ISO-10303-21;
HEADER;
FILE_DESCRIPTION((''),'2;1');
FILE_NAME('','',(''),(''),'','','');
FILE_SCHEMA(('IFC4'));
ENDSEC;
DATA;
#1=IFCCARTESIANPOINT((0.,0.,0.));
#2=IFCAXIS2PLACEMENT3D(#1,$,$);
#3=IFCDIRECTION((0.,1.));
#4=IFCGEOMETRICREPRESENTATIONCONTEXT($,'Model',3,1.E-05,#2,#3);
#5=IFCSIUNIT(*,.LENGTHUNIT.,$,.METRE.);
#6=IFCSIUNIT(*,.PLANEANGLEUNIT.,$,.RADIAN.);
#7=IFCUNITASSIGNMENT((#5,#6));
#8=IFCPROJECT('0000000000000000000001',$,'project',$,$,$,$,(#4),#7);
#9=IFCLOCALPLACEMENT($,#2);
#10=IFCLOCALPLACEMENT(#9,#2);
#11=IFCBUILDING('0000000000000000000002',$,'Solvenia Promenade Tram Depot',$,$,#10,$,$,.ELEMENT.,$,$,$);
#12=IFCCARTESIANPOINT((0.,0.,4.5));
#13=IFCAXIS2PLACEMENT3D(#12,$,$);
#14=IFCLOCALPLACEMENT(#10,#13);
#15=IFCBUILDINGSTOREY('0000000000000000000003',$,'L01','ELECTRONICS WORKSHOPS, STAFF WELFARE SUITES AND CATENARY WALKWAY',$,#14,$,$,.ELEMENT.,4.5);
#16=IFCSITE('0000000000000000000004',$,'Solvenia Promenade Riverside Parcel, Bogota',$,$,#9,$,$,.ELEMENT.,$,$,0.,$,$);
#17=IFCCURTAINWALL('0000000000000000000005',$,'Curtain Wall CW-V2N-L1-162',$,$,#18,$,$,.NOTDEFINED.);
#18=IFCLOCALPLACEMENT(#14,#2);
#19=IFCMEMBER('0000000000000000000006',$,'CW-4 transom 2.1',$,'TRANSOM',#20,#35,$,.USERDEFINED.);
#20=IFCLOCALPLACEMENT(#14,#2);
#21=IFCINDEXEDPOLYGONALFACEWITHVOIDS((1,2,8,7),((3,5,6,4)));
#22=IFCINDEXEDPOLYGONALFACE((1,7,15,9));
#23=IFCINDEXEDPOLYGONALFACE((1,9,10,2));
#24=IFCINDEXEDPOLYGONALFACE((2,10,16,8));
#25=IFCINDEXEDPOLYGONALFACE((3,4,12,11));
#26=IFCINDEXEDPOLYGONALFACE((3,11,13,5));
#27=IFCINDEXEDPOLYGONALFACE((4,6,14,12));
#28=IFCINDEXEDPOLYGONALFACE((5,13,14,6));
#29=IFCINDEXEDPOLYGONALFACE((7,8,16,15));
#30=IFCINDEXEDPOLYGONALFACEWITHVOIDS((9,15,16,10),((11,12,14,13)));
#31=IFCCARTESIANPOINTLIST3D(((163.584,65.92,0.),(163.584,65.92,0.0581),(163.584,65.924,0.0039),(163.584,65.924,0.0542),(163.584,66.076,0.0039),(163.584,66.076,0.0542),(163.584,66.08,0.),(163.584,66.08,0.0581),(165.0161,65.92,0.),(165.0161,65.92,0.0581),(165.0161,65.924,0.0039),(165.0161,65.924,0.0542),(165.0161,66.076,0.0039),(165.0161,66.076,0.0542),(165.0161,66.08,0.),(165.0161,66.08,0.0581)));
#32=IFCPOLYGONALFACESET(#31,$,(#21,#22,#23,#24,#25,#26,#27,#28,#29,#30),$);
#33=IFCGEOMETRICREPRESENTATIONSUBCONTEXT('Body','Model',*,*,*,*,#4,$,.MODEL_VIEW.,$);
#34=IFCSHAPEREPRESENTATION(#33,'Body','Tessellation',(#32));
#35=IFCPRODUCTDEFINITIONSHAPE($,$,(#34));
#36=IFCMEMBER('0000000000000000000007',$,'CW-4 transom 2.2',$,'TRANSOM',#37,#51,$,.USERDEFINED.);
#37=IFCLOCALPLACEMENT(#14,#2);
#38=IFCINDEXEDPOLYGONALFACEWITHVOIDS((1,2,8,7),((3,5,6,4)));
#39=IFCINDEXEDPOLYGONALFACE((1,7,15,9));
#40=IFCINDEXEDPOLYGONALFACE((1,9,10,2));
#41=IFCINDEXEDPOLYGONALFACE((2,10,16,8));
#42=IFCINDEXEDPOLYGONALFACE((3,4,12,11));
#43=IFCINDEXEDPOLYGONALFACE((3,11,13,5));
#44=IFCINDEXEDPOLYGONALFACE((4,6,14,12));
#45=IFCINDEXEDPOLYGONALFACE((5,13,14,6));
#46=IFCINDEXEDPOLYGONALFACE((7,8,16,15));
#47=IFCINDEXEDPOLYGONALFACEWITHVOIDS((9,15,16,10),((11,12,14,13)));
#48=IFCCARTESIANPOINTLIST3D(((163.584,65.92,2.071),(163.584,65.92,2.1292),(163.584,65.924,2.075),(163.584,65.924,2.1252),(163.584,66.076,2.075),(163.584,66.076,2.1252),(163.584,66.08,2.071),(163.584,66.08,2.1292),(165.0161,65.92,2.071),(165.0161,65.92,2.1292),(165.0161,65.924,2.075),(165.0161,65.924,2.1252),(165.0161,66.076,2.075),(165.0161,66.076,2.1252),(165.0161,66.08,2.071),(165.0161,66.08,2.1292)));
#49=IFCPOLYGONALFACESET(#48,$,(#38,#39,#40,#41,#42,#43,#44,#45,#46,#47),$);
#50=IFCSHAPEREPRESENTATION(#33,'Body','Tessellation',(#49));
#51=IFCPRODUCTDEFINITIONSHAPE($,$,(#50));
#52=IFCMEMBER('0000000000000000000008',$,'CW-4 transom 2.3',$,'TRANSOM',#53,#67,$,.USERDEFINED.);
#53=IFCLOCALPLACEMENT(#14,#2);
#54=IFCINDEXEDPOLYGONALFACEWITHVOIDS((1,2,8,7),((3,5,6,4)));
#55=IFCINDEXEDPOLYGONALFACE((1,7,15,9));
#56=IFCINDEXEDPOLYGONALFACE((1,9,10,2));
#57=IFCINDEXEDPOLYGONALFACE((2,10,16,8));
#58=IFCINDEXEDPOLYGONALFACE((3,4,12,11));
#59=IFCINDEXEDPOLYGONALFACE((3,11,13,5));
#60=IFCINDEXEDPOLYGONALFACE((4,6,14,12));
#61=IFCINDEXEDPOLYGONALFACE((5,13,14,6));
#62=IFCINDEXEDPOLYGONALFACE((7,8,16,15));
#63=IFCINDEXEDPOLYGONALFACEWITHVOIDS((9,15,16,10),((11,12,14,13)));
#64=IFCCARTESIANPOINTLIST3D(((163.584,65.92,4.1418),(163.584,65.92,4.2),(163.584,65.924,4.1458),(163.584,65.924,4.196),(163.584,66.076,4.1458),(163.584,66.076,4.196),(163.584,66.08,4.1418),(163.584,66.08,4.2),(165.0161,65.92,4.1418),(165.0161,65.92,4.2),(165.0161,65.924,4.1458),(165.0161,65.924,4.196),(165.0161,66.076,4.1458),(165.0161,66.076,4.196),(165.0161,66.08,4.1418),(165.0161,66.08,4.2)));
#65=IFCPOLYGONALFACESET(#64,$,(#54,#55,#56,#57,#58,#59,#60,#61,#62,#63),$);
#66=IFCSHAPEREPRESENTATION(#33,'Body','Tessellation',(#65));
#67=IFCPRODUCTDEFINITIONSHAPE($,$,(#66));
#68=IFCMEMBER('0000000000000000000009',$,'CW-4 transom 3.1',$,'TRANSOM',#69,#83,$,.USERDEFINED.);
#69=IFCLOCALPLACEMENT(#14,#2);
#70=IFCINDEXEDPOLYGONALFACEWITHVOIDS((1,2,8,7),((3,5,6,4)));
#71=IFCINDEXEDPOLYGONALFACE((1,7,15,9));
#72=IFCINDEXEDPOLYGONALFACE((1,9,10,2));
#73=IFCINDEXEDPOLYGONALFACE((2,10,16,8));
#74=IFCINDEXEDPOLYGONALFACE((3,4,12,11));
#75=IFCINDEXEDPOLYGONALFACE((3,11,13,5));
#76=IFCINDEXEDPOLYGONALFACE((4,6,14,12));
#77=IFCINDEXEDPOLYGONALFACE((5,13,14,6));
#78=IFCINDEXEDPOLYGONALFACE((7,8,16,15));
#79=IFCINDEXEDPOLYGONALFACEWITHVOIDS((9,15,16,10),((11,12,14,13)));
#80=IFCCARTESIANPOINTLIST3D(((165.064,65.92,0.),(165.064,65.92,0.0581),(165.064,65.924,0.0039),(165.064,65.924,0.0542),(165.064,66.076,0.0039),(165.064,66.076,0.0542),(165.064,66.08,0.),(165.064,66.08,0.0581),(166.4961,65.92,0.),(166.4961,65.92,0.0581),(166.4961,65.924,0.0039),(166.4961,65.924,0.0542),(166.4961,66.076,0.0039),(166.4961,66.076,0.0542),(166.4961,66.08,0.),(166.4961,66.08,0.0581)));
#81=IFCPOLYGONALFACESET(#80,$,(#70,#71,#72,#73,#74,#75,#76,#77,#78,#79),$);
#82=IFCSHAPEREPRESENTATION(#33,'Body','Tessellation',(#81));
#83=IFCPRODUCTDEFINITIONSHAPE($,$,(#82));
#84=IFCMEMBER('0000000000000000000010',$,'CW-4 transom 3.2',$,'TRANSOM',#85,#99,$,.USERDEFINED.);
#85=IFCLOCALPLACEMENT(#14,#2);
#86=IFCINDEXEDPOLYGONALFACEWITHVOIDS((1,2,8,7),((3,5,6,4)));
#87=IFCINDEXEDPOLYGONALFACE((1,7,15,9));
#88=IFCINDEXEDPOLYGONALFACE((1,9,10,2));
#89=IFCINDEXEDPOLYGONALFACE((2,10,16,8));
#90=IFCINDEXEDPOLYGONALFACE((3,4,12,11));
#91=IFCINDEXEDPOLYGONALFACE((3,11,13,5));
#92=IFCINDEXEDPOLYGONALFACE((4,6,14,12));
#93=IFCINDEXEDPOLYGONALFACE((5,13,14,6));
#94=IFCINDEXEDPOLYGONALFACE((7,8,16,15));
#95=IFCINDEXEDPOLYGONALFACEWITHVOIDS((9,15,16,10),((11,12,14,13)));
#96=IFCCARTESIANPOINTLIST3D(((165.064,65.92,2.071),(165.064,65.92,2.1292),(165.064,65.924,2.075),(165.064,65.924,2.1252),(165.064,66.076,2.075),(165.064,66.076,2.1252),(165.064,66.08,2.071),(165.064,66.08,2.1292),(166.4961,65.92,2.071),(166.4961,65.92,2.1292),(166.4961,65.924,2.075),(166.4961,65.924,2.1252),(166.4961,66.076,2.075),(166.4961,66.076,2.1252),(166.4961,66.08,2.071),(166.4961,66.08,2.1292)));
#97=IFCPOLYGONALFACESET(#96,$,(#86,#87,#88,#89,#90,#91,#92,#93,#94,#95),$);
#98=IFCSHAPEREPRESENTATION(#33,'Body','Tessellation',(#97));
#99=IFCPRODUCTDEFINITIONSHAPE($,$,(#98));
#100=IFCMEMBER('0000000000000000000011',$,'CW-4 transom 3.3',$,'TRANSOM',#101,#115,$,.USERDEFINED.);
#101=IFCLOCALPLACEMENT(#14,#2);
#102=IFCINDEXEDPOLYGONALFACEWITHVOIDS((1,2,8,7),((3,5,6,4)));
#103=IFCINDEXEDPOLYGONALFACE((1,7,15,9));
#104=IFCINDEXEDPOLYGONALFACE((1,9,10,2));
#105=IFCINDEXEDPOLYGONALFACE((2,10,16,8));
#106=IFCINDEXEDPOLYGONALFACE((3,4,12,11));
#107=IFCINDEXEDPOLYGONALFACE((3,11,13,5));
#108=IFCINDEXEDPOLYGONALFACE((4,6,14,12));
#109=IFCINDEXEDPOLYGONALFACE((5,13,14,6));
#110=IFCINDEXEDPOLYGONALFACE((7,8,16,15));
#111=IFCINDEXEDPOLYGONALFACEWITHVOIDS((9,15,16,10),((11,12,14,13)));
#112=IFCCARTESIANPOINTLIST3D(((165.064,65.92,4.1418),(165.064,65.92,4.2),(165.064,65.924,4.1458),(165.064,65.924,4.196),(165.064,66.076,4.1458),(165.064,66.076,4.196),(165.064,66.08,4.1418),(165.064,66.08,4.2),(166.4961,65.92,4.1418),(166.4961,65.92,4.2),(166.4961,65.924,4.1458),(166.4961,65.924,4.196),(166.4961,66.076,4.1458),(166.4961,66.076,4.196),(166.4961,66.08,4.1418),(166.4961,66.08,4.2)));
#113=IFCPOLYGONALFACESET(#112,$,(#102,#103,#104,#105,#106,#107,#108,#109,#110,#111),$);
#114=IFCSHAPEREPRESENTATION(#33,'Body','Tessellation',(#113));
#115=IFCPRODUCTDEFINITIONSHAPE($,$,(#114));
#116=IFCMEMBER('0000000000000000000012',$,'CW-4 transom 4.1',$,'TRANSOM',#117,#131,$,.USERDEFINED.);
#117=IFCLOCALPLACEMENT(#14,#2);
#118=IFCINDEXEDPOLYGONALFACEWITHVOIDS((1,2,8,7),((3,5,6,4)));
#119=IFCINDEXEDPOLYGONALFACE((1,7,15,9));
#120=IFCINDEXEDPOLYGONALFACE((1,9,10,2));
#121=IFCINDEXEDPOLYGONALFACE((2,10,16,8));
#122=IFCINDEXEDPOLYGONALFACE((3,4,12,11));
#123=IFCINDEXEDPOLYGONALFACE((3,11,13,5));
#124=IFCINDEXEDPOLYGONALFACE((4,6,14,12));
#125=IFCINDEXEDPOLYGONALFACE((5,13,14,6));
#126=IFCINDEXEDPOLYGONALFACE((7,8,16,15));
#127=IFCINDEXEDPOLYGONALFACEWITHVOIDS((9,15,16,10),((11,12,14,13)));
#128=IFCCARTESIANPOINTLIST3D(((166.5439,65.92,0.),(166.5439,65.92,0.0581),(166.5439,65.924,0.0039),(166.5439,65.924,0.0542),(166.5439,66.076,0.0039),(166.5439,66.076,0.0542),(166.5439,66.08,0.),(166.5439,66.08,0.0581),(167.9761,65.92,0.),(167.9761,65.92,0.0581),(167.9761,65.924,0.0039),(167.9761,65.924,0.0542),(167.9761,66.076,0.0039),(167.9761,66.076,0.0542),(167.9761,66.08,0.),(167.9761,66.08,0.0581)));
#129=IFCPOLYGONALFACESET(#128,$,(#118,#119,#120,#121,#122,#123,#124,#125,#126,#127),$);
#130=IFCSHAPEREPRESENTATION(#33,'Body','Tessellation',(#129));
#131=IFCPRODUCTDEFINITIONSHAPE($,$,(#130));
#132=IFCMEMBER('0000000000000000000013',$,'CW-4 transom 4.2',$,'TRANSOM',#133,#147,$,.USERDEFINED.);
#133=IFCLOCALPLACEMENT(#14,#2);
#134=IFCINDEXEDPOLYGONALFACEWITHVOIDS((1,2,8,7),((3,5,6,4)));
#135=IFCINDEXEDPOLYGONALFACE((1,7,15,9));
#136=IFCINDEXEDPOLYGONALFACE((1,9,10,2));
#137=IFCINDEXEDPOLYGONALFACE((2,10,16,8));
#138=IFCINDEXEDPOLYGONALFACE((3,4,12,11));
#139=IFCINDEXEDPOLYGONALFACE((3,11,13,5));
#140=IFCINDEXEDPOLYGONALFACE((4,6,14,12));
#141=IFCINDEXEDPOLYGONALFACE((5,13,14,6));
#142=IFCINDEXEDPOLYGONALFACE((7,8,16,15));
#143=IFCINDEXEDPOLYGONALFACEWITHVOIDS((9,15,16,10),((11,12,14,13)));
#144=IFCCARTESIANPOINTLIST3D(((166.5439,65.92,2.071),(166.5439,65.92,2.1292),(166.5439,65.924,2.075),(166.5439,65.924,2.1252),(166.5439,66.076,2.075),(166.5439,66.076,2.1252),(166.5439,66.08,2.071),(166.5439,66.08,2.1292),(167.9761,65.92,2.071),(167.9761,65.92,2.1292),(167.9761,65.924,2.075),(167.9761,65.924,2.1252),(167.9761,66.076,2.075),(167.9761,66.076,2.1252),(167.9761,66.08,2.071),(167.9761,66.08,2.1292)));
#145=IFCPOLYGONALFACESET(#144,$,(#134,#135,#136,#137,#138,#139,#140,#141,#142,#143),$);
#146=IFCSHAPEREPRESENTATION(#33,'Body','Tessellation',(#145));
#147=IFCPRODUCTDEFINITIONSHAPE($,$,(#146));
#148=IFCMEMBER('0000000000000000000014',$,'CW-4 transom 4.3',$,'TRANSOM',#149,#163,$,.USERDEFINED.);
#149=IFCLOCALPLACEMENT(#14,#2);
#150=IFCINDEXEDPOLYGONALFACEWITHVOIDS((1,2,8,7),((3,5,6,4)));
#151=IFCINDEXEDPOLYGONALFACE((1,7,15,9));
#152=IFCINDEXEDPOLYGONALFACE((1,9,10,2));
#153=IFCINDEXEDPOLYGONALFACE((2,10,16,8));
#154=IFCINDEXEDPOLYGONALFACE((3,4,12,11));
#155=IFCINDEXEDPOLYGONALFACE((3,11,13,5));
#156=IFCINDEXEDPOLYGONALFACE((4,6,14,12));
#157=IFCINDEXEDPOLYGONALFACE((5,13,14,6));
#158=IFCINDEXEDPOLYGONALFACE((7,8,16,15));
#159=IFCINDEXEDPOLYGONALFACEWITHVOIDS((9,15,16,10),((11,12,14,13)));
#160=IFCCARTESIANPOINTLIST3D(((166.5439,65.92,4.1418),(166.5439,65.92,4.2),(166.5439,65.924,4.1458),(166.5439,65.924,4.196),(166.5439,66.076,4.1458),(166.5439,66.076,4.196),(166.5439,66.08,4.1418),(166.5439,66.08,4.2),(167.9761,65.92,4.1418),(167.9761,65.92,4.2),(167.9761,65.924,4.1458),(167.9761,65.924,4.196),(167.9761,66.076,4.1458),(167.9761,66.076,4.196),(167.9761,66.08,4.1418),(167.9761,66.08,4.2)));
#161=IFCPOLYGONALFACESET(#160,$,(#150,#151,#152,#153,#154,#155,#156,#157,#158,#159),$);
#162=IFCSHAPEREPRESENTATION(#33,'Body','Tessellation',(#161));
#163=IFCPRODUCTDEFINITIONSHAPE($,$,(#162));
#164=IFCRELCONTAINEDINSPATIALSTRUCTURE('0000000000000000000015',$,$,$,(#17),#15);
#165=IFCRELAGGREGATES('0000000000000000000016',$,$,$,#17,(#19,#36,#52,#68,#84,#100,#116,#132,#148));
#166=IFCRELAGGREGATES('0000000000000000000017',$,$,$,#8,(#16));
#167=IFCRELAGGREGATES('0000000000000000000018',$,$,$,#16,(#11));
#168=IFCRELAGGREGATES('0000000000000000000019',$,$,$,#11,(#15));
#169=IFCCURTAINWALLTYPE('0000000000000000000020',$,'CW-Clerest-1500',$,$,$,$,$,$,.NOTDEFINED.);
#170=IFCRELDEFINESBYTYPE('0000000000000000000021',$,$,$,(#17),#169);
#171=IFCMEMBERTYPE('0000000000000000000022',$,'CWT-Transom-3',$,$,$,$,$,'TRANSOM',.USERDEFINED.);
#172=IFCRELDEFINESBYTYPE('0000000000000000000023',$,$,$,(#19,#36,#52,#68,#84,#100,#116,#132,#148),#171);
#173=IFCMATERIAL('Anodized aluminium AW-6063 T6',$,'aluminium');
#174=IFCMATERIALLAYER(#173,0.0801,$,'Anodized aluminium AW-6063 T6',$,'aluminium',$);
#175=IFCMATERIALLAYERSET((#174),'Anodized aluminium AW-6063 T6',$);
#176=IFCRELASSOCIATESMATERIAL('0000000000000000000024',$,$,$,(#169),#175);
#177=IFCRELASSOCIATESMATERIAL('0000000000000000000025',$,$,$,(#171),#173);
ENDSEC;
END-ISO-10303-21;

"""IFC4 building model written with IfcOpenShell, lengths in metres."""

from ifc_helpers import new_model, si_unit, direction, frame, origin, origin_2d, place, context, subcontext, project, spatial, hollow_rectangle, extrude, material, layer, layer_set, material_profile, profile_set, type_object, element, aggregate, save


model = new_model("IFC4")

# Units and contexts
model_context = context("Model", 3, precision=1e-05, world=origin(), true_north=direction((0.0, 1.0)))
body_context = subcontext(model_context, "Body", "Model", "MODEL_VIEW")
ifc_project = project(units=[si_unit("LENGTHUNIT", "METRE"), si_unit("PLANEANGLEUNIT", "RADIAN")], contexts=[model_context])

# Site, building, storey
site_placement = place(None, origin())
site = spatial("IfcSite", under=ifc_project, at=site_placement, Name="Solvenia Promenade Riverside Parcel, Bogota", CompositionType="ELEMENT", RefElevation=0.0)
building_placement = place(site_placement, origin())
building = spatial("IfcBuilding", under=site, at=building_placement, Name="Solvenia Promenade Tram Depot", CompositionType="ELEMENT")
storey_placement = place(building_placement, frame((0.0, 0.0, 4.5)))
storey = spatial("IfcBuildingStorey", under=building, at=storey_placement, Name="L01", Description="ELECTRONICS WORKSHOPS, STAFF WELFARE SUITES AND CATENARY WALKWAY", CompositionType="ELEMENT", Elevation=4.5)

# Shared definitions
ifc_material_1 = material(Name="Anodized aluminium AW-6063 T6", Category="aluminium")
ifc_layer_1 = layer(ifc_material_1, 0.0801, Name="Anodized aluminium AW-6063 T6", Category="aluminium")
ifc_layer_set_1 = layer_set([ifc_layer_1], Name="Anodized aluminium AW-6063 T6")
curtain_wall_type = type_object("IfcCurtainWallType", Name="CW-Clerest-1500", PredefinedType="NOTDEFINED", material=ifc_layer_set_1)

# Curtain wall, members
curtain_wall_1_placement = place(storey_placement, origin())
curtain_wall_1 = element("IfcCurtainWall", 1, at=curtain_wall_1_placement, inside=storey, type_object=curtain_wall_type, Name="Curtain Wall CW-V2N-L1-162", PredefinedType="NOTDEFINED")
ifc_material_profile_1 = material_profile(ifc_material_1, hollow_rectangle(XDim=0.1599, YDim=0.0581, WallThickness=0.0039, at=origin_2d()), Name="ALU-T3", Category="aluminium")
ifc_profile_set_1 = profile_set([ifc_material_profile_1], Name="Anodized aluminium AW-6063 T6")
member_type_1 = type_object("IfcMemberType", Name="CWT-Transom-3", ElementType="TRANSOM", PredefinedType="USERDEFINED", material=ifc_profile_set_1)
member_1_placement = place(storey_placement, frame((163.584, 66.0, 0.0291), z_axis=(1.0, 0.0, 0.0), x_axis=(0.0, 1.0, 0.0)))
member_1 = element("IfcMember", 2, at=member_1_placement, type_object=member_type_1, Name="CW-4 transom 2.1", ObjectType="TRANSOM", PredefinedType="USERDEFINED", context=body_context, shape_type="SweptSolid", body=[
    extrude(hollow_rectangle(XDim=0.1599, YDim=0.0581, WallThickness=0.0039, at=origin_2d()), origin(), (0.0, 0.0, 1.0), 1.4321),
])
member_2_placement = place(storey_placement, frame((163.584, 66.0, 2.1001), z_axis=(1.0, 0.0, 0.0), x_axis=(0.0, 1.0, 0.0)))
member_2 = element("IfcMember", 3, at=member_2_placement, type_object=member_type_1, Name="CW-4 transom 2.2", ObjectType="TRANSOM", PredefinedType="USERDEFINED", context=body_context, shape_type="SweptSolid", body=[
    extrude(hollow_rectangle(XDim=0.1599, YDim=0.0581, WallThickness=0.0039, at=origin_2d()), origin(), (0.0, 0.0, 1.0), 1.4321),
])
member_3_placement = place(storey_placement, frame((163.584, 66.0, 4.1709), z_axis=(1.0, 0.0, 0.0), x_axis=(0.0, 1.0, 0.0)))
member_3 = element("IfcMember", 4, at=member_3_placement, type_object=member_type_1, Name="CW-4 transom 2.3", ObjectType="TRANSOM", PredefinedType="USERDEFINED", context=body_context, shape_type="SweptSolid", body=[
    extrude(hollow_rectangle(XDim=0.1599, YDim=0.0581, WallThickness=0.0039, at=origin_2d()), origin(), (0.0, 0.0, 1.0), 1.4321),
])
member_4_placement = place(storey_placement, frame((165.064, 66.0, 0.0291), z_axis=(1.0, 0.0, 0.0), x_axis=(0.0, 1.0, 0.0)))
member_4 = element("IfcMember", 5, at=member_4_placement, type_object=member_type_1, Name="CW-4 transom 3.1", ObjectType="TRANSOM", PredefinedType="USERDEFINED", context=body_context, shape_type="SweptSolid", body=[
    extrude(hollow_rectangle(XDim=0.1599, YDim=0.0581, WallThickness=0.0039, at=origin_2d()), origin(), (0.0, 0.0, 1.0), 1.4321),
])
member_5_placement = place(storey_placement, frame((165.064, 66.0, 2.1001), z_axis=(1.0, 0.0, 0.0), x_axis=(0.0, 1.0, 0.0)))
member_5 = element("IfcMember", 6, at=member_5_placement, type_object=member_type_1, Name="CW-4 transom 3.2", ObjectType="TRANSOM", PredefinedType="USERDEFINED", context=body_context, shape_type="SweptSolid", body=[
    extrude(hollow_rectangle(XDim=0.1599, YDim=0.0581, WallThickness=0.0039, at=origin_2d()), origin(), (0.0, 0.0, 1.0), 1.4321),
])
member_6_placement = place(storey_placement, frame((165.064, 66.0, 4.1709), z_axis=(1.0, 0.0, 0.0), x_axis=(0.0, 1.0, 0.0)))
member_6 = element("IfcMember", 7, at=member_6_placement, type_object=member_type_1, Name="CW-4 transom 3.3", ObjectType="TRANSOM", PredefinedType="USERDEFINED", context=body_context, shape_type="SweptSolid", body=[
    extrude(hollow_rectangle(XDim=0.1599, YDim=0.0581, WallThickness=0.0039, at=origin_2d()), origin(), (0.0, 0.0, 1.0), 1.4321),
])
member_7_placement = place(storey_placement, frame((166.5439, 66.0, 0.0291), z_axis=(1.0, 0.0, 0.0), x_axis=(0.0, 1.0, 0.0)))
member_7 = element("IfcMember", 8, at=member_7_placement, type_object=member_type_1, Name="CW-4 transom 4.1", ObjectType="TRANSOM", PredefinedType="USERDEFINED", context=body_context, shape_type="SweptSolid", body=[
    extrude(hollow_rectangle(XDim=0.1599, YDim=0.0581, WallThickness=0.0039, at=origin_2d()), origin(), (0.0, 0.0, 1.0), 1.4321),
])
member_8_placement = place(storey_placement, frame((166.5439, 66.0, 2.1001), z_axis=(1.0, 0.0, 0.0), x_axis=(0.0, 1.0, 0.0)))
member_8 = element("IfcMember", 9, at=member_8_placement, type_object=member_type_1, Name="CW-4 transom 4.2", ObjectType="TRANSOM", PredefinedType="USERDEFINED", context=body_context, shape_type="SweptSolid", body=[
    extrude(hollow_rectangle(XDim=0.1599, YDim=0.0581, WallThickness=0.0039, at=origin_2d()), origin(), (0.0, 0.0, 1.0), 1.4321),
])
member_9_placement = place(storey_placement, frame((166.5439, 66.0, 4.1709), z_axis=(1.0, 0.0, 0.0), x_axis=(0.0, 1.0, 0.0)))
member_9 = element("IfcMember", 10, at=member_9_placement, type_object=member_type_1, Name="CW-4 transom 4.3", ObjectType="TRANSOM", PredefinedType="USERDEFINED", context=body_context, shape_type="SweptSolid", body=[
    extrude(hollow_rectangle(XDim=0.1599, YDim=0.0581, WallThickness=0.0039, at=origin_2d()), origin(), (0.0, 0.0, 1.0), 1.4321),
])

aggregate(curtain_wall_1, [member_1, member_2, member_3, member_4, member_5, member_6, member_7, member_8, member_9])

save(model, "model.ifc")
